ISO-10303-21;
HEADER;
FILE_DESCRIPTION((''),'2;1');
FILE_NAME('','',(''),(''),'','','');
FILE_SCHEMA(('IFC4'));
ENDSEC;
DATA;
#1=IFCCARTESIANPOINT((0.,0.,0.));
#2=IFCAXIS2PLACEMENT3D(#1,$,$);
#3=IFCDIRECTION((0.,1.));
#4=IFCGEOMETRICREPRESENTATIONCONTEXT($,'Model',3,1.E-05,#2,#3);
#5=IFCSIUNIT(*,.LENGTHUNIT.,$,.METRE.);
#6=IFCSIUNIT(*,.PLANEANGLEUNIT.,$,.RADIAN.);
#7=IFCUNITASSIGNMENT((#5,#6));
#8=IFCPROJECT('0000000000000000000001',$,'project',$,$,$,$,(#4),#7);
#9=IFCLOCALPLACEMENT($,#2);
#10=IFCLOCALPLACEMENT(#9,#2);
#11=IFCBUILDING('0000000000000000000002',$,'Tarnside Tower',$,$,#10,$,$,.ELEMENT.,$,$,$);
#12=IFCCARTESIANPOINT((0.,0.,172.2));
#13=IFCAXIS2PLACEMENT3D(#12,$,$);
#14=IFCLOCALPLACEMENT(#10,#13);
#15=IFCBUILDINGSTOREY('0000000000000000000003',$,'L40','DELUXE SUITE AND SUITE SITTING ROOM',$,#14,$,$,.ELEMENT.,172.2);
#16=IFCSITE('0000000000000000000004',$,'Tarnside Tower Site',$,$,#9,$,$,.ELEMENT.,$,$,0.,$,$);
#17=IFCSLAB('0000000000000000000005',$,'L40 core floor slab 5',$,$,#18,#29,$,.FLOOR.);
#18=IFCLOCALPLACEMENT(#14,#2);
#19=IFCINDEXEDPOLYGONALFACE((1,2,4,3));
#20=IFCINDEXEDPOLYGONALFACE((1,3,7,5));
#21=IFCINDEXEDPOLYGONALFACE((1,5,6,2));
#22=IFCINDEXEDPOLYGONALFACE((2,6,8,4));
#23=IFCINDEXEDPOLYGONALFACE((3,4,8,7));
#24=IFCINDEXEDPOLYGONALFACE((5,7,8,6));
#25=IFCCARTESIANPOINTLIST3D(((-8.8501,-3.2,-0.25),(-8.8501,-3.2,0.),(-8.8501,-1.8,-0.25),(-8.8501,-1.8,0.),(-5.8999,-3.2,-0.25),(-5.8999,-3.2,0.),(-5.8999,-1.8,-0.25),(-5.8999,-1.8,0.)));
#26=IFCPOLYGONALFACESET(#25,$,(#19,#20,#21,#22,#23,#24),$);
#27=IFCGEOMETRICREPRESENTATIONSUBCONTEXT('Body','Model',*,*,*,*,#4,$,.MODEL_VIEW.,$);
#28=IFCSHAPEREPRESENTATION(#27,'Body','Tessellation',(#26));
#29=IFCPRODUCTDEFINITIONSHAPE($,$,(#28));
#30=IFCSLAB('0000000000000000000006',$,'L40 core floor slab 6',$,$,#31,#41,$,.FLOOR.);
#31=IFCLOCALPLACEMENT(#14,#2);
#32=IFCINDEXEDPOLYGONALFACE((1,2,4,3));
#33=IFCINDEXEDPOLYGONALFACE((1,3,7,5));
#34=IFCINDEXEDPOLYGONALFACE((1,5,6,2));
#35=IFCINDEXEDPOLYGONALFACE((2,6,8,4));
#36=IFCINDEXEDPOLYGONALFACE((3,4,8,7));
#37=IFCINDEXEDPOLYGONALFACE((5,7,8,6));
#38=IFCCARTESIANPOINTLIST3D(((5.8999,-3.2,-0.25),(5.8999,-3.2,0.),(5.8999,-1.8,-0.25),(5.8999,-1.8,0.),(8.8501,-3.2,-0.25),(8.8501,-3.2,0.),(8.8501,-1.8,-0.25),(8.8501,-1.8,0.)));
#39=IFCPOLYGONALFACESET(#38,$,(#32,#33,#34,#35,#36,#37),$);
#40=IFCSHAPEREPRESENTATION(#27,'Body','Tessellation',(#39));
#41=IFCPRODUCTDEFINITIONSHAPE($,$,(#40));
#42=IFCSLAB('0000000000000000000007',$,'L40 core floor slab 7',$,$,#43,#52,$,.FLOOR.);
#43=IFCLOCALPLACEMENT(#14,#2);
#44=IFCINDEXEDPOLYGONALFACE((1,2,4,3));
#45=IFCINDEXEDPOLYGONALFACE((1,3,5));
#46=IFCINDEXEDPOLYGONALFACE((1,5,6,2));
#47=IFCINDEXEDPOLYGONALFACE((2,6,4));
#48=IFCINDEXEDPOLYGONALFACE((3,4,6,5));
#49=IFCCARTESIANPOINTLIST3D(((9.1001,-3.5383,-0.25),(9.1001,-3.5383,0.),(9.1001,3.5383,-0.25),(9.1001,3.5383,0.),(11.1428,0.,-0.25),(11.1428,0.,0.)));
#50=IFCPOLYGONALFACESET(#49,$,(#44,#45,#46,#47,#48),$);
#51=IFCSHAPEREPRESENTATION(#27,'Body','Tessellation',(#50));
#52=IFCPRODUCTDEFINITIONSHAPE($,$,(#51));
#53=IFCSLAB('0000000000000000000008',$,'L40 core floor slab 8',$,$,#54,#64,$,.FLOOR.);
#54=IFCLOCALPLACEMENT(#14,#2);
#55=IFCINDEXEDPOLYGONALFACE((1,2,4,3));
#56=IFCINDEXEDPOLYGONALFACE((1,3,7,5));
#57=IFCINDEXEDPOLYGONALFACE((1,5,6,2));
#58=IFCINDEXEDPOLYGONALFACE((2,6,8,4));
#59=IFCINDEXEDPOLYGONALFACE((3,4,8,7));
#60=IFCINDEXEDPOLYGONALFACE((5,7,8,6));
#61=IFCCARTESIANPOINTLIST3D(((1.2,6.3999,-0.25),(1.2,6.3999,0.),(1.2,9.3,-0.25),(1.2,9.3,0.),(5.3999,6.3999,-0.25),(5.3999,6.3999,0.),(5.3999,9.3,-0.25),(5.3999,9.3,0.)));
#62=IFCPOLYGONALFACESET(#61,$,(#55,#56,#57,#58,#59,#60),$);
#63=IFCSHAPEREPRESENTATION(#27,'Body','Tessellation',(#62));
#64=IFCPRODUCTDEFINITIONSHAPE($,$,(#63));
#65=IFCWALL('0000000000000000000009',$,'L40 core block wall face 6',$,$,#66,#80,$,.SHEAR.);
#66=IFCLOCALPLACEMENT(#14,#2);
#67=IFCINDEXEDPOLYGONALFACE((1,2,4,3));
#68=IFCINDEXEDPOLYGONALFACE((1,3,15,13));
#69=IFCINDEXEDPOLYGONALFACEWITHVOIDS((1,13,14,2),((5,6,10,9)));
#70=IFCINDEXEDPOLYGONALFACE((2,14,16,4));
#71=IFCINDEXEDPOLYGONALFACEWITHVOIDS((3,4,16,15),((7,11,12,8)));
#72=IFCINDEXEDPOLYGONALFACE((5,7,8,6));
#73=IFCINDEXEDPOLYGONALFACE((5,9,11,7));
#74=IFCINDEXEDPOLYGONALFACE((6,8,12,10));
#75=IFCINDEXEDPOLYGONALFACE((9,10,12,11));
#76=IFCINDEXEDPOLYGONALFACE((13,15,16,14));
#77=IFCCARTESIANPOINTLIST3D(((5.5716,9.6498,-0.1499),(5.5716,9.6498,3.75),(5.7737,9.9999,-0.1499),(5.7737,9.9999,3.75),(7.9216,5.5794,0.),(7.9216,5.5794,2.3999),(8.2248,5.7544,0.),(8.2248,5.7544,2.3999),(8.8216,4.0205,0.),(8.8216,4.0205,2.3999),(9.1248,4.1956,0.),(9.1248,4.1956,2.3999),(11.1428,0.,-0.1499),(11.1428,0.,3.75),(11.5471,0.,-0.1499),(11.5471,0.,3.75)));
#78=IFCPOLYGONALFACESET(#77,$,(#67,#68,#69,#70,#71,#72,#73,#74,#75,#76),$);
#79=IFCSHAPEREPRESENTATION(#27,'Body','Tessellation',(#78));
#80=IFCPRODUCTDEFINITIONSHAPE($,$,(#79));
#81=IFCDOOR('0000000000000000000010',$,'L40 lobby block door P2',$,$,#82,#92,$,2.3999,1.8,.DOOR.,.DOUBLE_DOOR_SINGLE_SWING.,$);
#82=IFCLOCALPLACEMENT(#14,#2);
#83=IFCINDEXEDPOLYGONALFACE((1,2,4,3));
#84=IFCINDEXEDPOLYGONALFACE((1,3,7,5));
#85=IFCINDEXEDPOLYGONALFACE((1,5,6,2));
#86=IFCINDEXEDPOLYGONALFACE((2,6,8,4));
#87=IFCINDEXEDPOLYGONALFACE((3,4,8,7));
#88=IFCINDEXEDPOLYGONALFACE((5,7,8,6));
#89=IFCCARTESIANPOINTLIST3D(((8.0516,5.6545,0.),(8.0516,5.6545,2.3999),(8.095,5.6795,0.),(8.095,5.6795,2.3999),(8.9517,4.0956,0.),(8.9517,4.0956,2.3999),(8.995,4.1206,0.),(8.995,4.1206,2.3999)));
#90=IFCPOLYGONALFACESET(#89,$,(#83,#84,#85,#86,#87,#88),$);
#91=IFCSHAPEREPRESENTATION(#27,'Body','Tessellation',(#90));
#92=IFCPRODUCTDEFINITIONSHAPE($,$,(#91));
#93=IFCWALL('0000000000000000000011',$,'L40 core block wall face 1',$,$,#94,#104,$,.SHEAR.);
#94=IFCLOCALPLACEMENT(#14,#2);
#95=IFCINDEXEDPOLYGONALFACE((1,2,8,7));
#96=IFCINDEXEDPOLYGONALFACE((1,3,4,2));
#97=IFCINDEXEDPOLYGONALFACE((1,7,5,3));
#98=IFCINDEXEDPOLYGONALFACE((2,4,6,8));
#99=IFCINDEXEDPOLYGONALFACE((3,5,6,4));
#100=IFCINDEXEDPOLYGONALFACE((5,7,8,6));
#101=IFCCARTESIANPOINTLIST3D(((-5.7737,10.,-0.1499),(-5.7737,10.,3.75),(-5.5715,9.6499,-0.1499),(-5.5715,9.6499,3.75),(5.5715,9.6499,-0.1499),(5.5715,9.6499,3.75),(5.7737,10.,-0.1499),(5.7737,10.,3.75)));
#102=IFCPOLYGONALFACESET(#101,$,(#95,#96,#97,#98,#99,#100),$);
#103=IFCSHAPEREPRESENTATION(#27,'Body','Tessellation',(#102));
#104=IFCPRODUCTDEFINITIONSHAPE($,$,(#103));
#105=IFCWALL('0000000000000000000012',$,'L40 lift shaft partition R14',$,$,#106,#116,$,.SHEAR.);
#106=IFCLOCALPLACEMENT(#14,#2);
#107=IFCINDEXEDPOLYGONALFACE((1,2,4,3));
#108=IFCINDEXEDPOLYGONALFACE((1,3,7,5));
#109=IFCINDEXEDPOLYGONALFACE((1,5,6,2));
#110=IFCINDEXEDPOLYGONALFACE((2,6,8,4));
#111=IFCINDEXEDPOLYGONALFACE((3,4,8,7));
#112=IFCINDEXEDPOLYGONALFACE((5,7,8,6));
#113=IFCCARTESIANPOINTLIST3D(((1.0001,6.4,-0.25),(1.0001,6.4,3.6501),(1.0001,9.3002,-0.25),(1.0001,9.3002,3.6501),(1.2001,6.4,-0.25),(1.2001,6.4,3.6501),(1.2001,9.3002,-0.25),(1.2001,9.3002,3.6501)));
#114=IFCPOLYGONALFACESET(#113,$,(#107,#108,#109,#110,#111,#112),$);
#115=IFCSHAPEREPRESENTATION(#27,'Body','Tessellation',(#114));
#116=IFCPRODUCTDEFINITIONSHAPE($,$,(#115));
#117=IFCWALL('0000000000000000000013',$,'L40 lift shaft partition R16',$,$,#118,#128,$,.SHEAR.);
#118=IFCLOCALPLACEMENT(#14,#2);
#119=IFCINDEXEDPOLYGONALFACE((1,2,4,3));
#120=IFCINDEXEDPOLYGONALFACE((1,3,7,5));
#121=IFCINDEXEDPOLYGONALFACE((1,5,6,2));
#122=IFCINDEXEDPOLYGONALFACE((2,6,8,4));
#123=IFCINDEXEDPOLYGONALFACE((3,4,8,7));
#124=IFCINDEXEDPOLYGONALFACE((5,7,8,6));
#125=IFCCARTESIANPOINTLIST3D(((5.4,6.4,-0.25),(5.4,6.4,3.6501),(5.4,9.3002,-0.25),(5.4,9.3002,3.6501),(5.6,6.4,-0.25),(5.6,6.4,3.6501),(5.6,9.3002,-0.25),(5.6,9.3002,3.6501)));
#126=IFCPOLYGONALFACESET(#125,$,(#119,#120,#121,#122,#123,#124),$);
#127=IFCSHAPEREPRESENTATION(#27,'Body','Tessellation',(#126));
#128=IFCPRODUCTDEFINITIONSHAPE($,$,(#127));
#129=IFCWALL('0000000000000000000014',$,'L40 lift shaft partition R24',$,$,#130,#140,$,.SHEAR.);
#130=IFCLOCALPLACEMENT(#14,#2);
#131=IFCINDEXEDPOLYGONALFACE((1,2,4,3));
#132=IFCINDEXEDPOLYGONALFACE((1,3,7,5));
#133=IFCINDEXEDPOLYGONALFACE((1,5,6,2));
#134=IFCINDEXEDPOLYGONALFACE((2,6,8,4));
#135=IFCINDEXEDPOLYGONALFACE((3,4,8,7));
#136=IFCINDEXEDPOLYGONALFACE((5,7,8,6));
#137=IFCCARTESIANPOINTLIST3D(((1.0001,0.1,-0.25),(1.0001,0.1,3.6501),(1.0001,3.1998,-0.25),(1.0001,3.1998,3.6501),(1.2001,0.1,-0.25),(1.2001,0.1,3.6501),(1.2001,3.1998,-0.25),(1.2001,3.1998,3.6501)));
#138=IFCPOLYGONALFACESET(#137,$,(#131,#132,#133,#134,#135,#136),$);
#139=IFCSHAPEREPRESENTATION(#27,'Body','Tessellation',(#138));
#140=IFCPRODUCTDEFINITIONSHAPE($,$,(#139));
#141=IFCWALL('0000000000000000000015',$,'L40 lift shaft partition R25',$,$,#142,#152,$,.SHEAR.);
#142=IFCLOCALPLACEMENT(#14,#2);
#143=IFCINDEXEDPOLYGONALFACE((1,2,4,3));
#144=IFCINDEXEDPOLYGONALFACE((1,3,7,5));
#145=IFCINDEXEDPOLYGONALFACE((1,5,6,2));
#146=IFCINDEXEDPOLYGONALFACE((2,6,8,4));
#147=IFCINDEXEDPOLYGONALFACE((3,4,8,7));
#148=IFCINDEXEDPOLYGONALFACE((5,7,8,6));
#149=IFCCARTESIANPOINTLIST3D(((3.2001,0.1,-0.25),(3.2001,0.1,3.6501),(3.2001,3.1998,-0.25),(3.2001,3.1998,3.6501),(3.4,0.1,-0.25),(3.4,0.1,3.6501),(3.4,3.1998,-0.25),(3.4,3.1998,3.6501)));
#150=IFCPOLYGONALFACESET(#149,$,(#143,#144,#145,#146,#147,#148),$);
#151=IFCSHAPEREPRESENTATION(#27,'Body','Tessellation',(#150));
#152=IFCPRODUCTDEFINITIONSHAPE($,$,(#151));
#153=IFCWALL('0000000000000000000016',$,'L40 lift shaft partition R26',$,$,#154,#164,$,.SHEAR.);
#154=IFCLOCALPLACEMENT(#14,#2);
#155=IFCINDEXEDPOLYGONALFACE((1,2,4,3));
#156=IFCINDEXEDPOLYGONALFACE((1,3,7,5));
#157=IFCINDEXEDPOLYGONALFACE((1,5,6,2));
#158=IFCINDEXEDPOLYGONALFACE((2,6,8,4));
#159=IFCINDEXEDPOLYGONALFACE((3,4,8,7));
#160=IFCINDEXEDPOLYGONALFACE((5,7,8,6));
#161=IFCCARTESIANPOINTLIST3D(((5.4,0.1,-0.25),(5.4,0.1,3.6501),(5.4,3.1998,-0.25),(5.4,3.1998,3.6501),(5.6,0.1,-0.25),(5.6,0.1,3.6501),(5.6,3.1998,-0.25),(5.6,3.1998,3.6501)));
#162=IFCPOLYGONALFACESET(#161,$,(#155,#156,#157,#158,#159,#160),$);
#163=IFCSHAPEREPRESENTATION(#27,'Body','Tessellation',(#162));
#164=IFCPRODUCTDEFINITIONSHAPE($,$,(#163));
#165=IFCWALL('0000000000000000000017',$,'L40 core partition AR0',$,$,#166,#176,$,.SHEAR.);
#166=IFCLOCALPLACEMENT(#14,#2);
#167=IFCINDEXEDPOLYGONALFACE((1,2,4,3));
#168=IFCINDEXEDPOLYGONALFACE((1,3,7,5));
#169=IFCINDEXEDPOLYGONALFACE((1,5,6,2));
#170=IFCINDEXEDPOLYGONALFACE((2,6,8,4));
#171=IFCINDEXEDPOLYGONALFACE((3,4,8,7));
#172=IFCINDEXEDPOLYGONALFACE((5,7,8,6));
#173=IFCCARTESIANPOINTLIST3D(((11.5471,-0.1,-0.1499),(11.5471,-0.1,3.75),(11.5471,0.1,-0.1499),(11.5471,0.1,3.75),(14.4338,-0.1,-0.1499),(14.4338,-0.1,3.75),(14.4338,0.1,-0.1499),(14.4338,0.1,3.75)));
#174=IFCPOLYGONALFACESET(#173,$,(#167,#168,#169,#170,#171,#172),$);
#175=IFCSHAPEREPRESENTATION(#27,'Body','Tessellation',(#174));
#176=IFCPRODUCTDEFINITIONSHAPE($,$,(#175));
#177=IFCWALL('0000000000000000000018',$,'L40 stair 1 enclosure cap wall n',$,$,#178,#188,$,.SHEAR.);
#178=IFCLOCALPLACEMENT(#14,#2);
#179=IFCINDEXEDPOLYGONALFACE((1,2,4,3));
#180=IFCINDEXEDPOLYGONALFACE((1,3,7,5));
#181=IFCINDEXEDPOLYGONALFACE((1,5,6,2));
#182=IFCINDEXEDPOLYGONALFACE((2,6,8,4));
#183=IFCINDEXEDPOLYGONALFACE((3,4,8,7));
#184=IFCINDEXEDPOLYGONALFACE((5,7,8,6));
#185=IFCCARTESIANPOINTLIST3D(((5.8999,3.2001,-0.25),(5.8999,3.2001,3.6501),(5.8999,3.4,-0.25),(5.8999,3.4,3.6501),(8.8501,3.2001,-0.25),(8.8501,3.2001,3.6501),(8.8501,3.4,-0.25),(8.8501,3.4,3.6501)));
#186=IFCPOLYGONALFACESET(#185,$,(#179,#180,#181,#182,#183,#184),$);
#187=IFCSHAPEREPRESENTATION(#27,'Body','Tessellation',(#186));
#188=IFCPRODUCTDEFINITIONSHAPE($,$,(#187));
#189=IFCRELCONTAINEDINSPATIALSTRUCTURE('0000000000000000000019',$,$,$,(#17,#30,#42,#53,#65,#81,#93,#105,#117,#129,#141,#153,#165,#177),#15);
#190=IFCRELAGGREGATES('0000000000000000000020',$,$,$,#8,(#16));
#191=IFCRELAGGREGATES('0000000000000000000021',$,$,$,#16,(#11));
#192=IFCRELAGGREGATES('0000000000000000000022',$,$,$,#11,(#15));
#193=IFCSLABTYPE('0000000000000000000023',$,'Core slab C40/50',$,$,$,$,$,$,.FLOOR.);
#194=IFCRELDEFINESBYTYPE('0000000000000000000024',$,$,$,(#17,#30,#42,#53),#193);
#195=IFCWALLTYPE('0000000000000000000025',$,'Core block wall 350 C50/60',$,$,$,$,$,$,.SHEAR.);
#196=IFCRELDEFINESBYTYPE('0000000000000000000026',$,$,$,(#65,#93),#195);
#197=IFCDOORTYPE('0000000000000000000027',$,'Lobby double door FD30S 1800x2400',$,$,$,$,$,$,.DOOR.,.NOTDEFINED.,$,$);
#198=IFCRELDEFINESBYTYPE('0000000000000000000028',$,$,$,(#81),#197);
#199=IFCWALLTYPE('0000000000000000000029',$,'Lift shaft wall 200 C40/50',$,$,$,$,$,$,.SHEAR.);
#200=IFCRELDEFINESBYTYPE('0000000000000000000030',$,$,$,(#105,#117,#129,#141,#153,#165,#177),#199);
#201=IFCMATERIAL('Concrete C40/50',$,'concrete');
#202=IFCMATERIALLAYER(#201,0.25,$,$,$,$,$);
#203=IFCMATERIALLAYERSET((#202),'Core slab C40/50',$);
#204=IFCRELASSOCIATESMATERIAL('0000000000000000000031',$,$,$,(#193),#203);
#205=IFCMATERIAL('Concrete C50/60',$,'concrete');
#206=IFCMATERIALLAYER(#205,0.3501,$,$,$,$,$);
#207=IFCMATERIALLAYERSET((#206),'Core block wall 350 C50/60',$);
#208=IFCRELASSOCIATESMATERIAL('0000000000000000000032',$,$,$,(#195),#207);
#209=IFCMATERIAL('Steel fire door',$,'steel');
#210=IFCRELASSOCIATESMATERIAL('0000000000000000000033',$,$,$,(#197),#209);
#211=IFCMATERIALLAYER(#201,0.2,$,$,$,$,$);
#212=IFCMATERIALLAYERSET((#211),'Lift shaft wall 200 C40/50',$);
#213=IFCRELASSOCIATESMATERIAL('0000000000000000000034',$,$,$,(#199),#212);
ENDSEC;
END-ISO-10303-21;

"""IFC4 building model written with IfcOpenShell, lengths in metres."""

from ifc_helpers import new_model, si_unit, direction, frame, frame_2d, origin, place, context, subcontext, project, spatial, polyline, rectangle, outline, extrude, material, layer, layer_set, type_object, element, fill, save


model = new_model("IFC4")

# Units and contexts
model_context = context("Model", 3, precision=1e-05, world=origin(), true_north=direction((0.0, 1.0)))
body_context = subcontext(model_context, "Body", "Model", "MODEL_VIEW")
ifc_project = project(units=[si_unit("LENGTHUNIT", "METRE"), si_unit("PLANEANGLEUNIT", "RADIAN")], contexts=[model_context])

# Site, building, storey
site_placement = place(None, origin())
site = spatial("IfcSite", under=ifc_project, at=site_placement, Name="Tarnside Tower Site", CompositionType="ELEMENT", RefElevation=0.0)
building_placement = place(site_placement, origin())
building = spatial("IfcBuilding", under=site, at=building_placement, Name="Tarnside Tower", CompositionType="ELEMENT")
storey_placement = place(building_placement, frame((0.0, 0.0, 172.2)))
storey = spatial("IfcBuildingStorey", under=building, at=storey_placement, Name="L40", Description="DELUXE SUITE AND SUITE SITTING ROOM", CompositionType="ELEMENT", Elevation=172.2)

# Slabs
ifc_material_1 = material(Name="Concrete C40/50", Category="concrete")
ifc_layer_1 = layer(ifc_material_1, 0.25)
ifc_layer_set_1 = layer_set([ifc_layer_1], Name="Core slab C40/50")
slab_type = type_object("IfcSlabType", Name="Core slab C40/50", PredefinedType="FLOOR", material=ifc_layer_set_1)
slab_1_placement = place(storey_placement, frame((0.0, 0.0, -0.25)))
element("IfcSlab", 1, at=slab_1_placement, inside=storey, type_object=slab_type, Name="L40 core floor slab 5", PredefinedType="FLOOR", context=body_context, shape_type="SweptSolid", body=[
    extrude(outline(polyline([(-8.8501, -1.8), (-5.8999, -1.8), (-5.8999, -3.2), (-8.8501, -3.2), (-8.8501, -1.8)])), origin(), (0.0, 0.0, 1.0), 0.25),
])
slab_2_placement = place(storey_placement, frame((0.0, 0.0, -0.25)))
element("IfcSlab", 2, at=slab_2_placement, inside=storey, type_object=slab_type, Name="L40 core floor slab 6", PredefinedType="FLOOR", context=body_context, shape_type="SweptSolid", body=[
    extrude(outline(polyline([(5.8999, -3.2), (5.8999, -1.8), (8.8501, -1.8), (8.8501, -3.2), (5.8999, -3.2)])), origin(), (0.0, 0.0, 1.0), 0.25),
])
slab_3_placement = place(storey_placement, frame((0.0, 0.0, -0.25)))
element("IfcSlab", 3, at=slab_3_placement, inside=storey, type_object=slab_type, Name="L40 core floor slab 7", PredefinedType="FLOOR", context=body_context, shape_type="SweptSolid", body=[
    extrude(outline(polyline([(9.1001, -3.5383), (9.1001, 3.5383), (11.1428, 0.0), (9.1001, -3.5383)])), origin(), (0.0, 0.0, 1.0), 0.25),
])
slab_4_placement = place(storey_placement, frame((0.0, 0.0, -0.25)))
element("IfcSlab", 4, at=slab_4_placement, inside=storey, type_object=slab_type, Name="L40 core floor slab 8", PredefinedType="FLOOR", context=body_context, shape_type="SweptSolid", body=[
    extrude(outline(polyline([(5.3999, 9.3), (5.3999, 6.3999), (1.2, 6.3999), (1.2, 9.3), (5.3999, 9.3)])), origin(), (0.0, 0.0, 1.0), 0.25),
])

# Wall, opening, door
ifc_material_2 = material(Name="Concrete C50/60", Category="concrete")
ifc_layer_2 = layer(ifc_material_2, 0.3501)
ifc_layer_set_2 = layer_set([ifc_layer_2], Name="Core block wall 350 C50/60")
wall_type_1 = type_object("IfcWallType", Name="Core block wall 350 C50/60", PredefinedType="SHEAR", material=ifc_layer_set_2)
wall_1_placement = place(storey_placement, frame((11.345, 0.0, -0.1499), z_axis=(0.0, 0.0, 1.0), x_axis=(-0.499995, 0.866028, 0.0)))
wall_1 = element("IfcWall", 5, at=wall_1_placement, inside=storey, type_object=wall_type_1, Name="L40 core block wall face 6", PredefinedType="SHEAR", context=body_context, shape_type="SweptSolid", body=[
    extrude(outline(polyline([(-0.1011, -0.175), (11.4458, -0.175), (11.2437, 0.175), (0.1011, 0.175), (-0.1011, -0.175)])), origin(), (0.0, 0.0, 1.0), 3.8999),
])
opening_placement = place(wall_1_placement, frame((4.7437, 0.0, 0.1499)))
opening = element("IfcOpeningElement", 6, at=opening_placement, cuts=wall_1, PredefinedType="OPENING", context=body_context, shape_type="SweptSolid", body=[
    extrude(rectangle(XDim=1.8, YDim=2.3999, at=frame_2d((0.8999, 1.2))), frame((0.0, 0.1851, 0.0), z_axis=(0.0, -1.0, 0.0), x_axis=(1.0, 0.0, 0.0)), (0.0, 0.0, 1.0), 0.3701),
])
ifc_material_3 = material(Name="Steel fire door", Category="steel")
door_type = type_object("IfcDoorType", Name="Lobby double door FD30S 1800x2400", OperationType="NOTDEFINED", PredefinedType="DOOR", material=ifc_material_3)
door_placement = place(opening_placement, origin())
door = element("IfcDoor", 7, at=door_placement, inside=storey, type_object=door_type, Name="L40 lobby block door P2", OperationType="DOUBLE_DOOR_SINGLE_SWING", OverallHeight=2.3999, OverallWidth=1.8, PredefinedType="DOOR", context=body_context, shape_type="SweptSolid", body=[
    extrude(rectangle(XDim=1.8, YDim=2.3999, at=frame_2d((0.8999, 1.2))), frame((0.0, 0.0249, 0.0), z_axis=(0.0, -1.0, 0.0), x_axis=(1.0, 0.0, 0.0)), (0.0, 0.0, 1.0), 0.05),
])
fill(opening, door)

# Walls
wall_2_placement = place(storey_placement, frame((5.6726, 9.825, -0.1499), z_axis=(0.0, 0.0, 1.0), x_axis=(-1.0, 0.0, 0.0)))
element("IfcWall", 8, at=wall_2_placement, inside=storey, type_object=wall_type_1, Name="L40 core block wall face 1", PredefinedType="SHEAR", context=body_context, shape_type="SweptSolid", body=[
    extrude(outline(polyline([(-0.1011, -0.175), (11.4463, -0.175), (11.2441, 0.175), (0.1011, 0.175), (-0.1011, -0.175)])), origin(), (0.0, 0.0, 1.0), 3.8999),
])
ifc_layer_3 = layer(ifc_material_1, 0.2)
ifc_layer_set_3 = layer_set([ifc_layer_3], Name="Lift shaft wall 200 C40/50")
wall_type_2 = type_object("IfcWallType", Name="Lift shaft wall 200 C40/50", PredefinedType="SHEAR", material=ifc_layer_set_3)
for number, where, z_axis, x_axis, name in (
    (9, (1.1001, 6.3999, -0.25), (0.0, 0.0, 1.0), (0.0, 1.0, 0.0), "L40 lift shaft partition R14"),
    (10, (5.5, 6.3999, -0.25), (0.0, 0.0, 1.0), (0.0, 1.0, 0.0), "L40 lift shaft partition R16"),
):
    element("IfcWall", number, at=place(storey_placement, frame(where, z_axis=z_axis, x_axis=x_axis)), inside=storey, type_object=wall_type_2, Name=name, PredefinedType="SHEAR", context=body_context, shape_type="SweptSolid", body=[
        extrude(rectangle(XDim=2.9001, YDim=0.2, at=frame_2d((1.4502, 0.0))), origin(), (0.0, 0.0, 1.0), 3.9001),
    ])
for number, where, z_axis, x_axis, name in (
    (11, (1.1001, 0.1001, -0.25), (0.0, 0.0, 1.0), (0.0, 1.0, 0.0), "L40 lift shaft partition R24"),
    (12, (3.3, 0.1001, -0.25), (0.0, 0.0, 1.0), (0.0, 1.0, 0.0), "L40 lift shaft partition R25"),
    (13, (5.5, 0.1001, -0.25), (0.0, 0.0, 1.0), (0.0, 1.0, 0.0), "L40 lift shaft partition R26"),
):
    element("IfcWall", number, at=place(storey_placement, frame(where, z_axis=z_axis, x_axis=x_axis)), inside=storey, type_object=wall_type_2, Name=name, PredefinedType="SHEAR", context=body_context, shape_type="SweptSolid", body=[
        extrude(rectangle(XDim=3.0999, YDim=0.2, at=frame_2d((1.5498, 0.0))), origin(), (0.0, 0.0, 1.0), 3.9001),
    ])
wall_3_placement = place(storey_placement, frame((11.5471, 0.0, -0.1499), z_axis=(0.0, 0.0, 1.0), x_axis=(1.0, 0.0, 0.0)))
element("IfcWall", 14, at=wall_3_placement, inside=storey, type_object=wall_type_2, Name="L40 core partition AR0", PredefinedType="SHEAR", context=body_context, shape_type="SweptSolid", body=[
    extrude(rectangle(XDim=2.8867, YDim=0.2, at=frame_2d((1.4434, 0.0))), origin(), (0.0, 0.0, 1.0), 3.8999),
])
wall_4_placement = place(storey_placement, frame((5.8999, 3.3, -0.25), z_axis=(0.0, 0.0, 1.0), x_axis=(1.0, 0.0, 0.0)))
element("IfcWall", 15, at=wall_4_placement, inside=storey, type_object=wall_type_2, Name="L40 stair 1 enclosure cap wall n", PredefinedType="SHEAR", context=body_context, shape_type="SweptSolid", body=[
    extrude(rectangle(XDim=2.9502, YDim=0.2, at=frame_2d((1.4751, 0.0))), origin(), (0.0, 0.0, 1.0), 3.9001),
])

save(model, "model.ifc")
